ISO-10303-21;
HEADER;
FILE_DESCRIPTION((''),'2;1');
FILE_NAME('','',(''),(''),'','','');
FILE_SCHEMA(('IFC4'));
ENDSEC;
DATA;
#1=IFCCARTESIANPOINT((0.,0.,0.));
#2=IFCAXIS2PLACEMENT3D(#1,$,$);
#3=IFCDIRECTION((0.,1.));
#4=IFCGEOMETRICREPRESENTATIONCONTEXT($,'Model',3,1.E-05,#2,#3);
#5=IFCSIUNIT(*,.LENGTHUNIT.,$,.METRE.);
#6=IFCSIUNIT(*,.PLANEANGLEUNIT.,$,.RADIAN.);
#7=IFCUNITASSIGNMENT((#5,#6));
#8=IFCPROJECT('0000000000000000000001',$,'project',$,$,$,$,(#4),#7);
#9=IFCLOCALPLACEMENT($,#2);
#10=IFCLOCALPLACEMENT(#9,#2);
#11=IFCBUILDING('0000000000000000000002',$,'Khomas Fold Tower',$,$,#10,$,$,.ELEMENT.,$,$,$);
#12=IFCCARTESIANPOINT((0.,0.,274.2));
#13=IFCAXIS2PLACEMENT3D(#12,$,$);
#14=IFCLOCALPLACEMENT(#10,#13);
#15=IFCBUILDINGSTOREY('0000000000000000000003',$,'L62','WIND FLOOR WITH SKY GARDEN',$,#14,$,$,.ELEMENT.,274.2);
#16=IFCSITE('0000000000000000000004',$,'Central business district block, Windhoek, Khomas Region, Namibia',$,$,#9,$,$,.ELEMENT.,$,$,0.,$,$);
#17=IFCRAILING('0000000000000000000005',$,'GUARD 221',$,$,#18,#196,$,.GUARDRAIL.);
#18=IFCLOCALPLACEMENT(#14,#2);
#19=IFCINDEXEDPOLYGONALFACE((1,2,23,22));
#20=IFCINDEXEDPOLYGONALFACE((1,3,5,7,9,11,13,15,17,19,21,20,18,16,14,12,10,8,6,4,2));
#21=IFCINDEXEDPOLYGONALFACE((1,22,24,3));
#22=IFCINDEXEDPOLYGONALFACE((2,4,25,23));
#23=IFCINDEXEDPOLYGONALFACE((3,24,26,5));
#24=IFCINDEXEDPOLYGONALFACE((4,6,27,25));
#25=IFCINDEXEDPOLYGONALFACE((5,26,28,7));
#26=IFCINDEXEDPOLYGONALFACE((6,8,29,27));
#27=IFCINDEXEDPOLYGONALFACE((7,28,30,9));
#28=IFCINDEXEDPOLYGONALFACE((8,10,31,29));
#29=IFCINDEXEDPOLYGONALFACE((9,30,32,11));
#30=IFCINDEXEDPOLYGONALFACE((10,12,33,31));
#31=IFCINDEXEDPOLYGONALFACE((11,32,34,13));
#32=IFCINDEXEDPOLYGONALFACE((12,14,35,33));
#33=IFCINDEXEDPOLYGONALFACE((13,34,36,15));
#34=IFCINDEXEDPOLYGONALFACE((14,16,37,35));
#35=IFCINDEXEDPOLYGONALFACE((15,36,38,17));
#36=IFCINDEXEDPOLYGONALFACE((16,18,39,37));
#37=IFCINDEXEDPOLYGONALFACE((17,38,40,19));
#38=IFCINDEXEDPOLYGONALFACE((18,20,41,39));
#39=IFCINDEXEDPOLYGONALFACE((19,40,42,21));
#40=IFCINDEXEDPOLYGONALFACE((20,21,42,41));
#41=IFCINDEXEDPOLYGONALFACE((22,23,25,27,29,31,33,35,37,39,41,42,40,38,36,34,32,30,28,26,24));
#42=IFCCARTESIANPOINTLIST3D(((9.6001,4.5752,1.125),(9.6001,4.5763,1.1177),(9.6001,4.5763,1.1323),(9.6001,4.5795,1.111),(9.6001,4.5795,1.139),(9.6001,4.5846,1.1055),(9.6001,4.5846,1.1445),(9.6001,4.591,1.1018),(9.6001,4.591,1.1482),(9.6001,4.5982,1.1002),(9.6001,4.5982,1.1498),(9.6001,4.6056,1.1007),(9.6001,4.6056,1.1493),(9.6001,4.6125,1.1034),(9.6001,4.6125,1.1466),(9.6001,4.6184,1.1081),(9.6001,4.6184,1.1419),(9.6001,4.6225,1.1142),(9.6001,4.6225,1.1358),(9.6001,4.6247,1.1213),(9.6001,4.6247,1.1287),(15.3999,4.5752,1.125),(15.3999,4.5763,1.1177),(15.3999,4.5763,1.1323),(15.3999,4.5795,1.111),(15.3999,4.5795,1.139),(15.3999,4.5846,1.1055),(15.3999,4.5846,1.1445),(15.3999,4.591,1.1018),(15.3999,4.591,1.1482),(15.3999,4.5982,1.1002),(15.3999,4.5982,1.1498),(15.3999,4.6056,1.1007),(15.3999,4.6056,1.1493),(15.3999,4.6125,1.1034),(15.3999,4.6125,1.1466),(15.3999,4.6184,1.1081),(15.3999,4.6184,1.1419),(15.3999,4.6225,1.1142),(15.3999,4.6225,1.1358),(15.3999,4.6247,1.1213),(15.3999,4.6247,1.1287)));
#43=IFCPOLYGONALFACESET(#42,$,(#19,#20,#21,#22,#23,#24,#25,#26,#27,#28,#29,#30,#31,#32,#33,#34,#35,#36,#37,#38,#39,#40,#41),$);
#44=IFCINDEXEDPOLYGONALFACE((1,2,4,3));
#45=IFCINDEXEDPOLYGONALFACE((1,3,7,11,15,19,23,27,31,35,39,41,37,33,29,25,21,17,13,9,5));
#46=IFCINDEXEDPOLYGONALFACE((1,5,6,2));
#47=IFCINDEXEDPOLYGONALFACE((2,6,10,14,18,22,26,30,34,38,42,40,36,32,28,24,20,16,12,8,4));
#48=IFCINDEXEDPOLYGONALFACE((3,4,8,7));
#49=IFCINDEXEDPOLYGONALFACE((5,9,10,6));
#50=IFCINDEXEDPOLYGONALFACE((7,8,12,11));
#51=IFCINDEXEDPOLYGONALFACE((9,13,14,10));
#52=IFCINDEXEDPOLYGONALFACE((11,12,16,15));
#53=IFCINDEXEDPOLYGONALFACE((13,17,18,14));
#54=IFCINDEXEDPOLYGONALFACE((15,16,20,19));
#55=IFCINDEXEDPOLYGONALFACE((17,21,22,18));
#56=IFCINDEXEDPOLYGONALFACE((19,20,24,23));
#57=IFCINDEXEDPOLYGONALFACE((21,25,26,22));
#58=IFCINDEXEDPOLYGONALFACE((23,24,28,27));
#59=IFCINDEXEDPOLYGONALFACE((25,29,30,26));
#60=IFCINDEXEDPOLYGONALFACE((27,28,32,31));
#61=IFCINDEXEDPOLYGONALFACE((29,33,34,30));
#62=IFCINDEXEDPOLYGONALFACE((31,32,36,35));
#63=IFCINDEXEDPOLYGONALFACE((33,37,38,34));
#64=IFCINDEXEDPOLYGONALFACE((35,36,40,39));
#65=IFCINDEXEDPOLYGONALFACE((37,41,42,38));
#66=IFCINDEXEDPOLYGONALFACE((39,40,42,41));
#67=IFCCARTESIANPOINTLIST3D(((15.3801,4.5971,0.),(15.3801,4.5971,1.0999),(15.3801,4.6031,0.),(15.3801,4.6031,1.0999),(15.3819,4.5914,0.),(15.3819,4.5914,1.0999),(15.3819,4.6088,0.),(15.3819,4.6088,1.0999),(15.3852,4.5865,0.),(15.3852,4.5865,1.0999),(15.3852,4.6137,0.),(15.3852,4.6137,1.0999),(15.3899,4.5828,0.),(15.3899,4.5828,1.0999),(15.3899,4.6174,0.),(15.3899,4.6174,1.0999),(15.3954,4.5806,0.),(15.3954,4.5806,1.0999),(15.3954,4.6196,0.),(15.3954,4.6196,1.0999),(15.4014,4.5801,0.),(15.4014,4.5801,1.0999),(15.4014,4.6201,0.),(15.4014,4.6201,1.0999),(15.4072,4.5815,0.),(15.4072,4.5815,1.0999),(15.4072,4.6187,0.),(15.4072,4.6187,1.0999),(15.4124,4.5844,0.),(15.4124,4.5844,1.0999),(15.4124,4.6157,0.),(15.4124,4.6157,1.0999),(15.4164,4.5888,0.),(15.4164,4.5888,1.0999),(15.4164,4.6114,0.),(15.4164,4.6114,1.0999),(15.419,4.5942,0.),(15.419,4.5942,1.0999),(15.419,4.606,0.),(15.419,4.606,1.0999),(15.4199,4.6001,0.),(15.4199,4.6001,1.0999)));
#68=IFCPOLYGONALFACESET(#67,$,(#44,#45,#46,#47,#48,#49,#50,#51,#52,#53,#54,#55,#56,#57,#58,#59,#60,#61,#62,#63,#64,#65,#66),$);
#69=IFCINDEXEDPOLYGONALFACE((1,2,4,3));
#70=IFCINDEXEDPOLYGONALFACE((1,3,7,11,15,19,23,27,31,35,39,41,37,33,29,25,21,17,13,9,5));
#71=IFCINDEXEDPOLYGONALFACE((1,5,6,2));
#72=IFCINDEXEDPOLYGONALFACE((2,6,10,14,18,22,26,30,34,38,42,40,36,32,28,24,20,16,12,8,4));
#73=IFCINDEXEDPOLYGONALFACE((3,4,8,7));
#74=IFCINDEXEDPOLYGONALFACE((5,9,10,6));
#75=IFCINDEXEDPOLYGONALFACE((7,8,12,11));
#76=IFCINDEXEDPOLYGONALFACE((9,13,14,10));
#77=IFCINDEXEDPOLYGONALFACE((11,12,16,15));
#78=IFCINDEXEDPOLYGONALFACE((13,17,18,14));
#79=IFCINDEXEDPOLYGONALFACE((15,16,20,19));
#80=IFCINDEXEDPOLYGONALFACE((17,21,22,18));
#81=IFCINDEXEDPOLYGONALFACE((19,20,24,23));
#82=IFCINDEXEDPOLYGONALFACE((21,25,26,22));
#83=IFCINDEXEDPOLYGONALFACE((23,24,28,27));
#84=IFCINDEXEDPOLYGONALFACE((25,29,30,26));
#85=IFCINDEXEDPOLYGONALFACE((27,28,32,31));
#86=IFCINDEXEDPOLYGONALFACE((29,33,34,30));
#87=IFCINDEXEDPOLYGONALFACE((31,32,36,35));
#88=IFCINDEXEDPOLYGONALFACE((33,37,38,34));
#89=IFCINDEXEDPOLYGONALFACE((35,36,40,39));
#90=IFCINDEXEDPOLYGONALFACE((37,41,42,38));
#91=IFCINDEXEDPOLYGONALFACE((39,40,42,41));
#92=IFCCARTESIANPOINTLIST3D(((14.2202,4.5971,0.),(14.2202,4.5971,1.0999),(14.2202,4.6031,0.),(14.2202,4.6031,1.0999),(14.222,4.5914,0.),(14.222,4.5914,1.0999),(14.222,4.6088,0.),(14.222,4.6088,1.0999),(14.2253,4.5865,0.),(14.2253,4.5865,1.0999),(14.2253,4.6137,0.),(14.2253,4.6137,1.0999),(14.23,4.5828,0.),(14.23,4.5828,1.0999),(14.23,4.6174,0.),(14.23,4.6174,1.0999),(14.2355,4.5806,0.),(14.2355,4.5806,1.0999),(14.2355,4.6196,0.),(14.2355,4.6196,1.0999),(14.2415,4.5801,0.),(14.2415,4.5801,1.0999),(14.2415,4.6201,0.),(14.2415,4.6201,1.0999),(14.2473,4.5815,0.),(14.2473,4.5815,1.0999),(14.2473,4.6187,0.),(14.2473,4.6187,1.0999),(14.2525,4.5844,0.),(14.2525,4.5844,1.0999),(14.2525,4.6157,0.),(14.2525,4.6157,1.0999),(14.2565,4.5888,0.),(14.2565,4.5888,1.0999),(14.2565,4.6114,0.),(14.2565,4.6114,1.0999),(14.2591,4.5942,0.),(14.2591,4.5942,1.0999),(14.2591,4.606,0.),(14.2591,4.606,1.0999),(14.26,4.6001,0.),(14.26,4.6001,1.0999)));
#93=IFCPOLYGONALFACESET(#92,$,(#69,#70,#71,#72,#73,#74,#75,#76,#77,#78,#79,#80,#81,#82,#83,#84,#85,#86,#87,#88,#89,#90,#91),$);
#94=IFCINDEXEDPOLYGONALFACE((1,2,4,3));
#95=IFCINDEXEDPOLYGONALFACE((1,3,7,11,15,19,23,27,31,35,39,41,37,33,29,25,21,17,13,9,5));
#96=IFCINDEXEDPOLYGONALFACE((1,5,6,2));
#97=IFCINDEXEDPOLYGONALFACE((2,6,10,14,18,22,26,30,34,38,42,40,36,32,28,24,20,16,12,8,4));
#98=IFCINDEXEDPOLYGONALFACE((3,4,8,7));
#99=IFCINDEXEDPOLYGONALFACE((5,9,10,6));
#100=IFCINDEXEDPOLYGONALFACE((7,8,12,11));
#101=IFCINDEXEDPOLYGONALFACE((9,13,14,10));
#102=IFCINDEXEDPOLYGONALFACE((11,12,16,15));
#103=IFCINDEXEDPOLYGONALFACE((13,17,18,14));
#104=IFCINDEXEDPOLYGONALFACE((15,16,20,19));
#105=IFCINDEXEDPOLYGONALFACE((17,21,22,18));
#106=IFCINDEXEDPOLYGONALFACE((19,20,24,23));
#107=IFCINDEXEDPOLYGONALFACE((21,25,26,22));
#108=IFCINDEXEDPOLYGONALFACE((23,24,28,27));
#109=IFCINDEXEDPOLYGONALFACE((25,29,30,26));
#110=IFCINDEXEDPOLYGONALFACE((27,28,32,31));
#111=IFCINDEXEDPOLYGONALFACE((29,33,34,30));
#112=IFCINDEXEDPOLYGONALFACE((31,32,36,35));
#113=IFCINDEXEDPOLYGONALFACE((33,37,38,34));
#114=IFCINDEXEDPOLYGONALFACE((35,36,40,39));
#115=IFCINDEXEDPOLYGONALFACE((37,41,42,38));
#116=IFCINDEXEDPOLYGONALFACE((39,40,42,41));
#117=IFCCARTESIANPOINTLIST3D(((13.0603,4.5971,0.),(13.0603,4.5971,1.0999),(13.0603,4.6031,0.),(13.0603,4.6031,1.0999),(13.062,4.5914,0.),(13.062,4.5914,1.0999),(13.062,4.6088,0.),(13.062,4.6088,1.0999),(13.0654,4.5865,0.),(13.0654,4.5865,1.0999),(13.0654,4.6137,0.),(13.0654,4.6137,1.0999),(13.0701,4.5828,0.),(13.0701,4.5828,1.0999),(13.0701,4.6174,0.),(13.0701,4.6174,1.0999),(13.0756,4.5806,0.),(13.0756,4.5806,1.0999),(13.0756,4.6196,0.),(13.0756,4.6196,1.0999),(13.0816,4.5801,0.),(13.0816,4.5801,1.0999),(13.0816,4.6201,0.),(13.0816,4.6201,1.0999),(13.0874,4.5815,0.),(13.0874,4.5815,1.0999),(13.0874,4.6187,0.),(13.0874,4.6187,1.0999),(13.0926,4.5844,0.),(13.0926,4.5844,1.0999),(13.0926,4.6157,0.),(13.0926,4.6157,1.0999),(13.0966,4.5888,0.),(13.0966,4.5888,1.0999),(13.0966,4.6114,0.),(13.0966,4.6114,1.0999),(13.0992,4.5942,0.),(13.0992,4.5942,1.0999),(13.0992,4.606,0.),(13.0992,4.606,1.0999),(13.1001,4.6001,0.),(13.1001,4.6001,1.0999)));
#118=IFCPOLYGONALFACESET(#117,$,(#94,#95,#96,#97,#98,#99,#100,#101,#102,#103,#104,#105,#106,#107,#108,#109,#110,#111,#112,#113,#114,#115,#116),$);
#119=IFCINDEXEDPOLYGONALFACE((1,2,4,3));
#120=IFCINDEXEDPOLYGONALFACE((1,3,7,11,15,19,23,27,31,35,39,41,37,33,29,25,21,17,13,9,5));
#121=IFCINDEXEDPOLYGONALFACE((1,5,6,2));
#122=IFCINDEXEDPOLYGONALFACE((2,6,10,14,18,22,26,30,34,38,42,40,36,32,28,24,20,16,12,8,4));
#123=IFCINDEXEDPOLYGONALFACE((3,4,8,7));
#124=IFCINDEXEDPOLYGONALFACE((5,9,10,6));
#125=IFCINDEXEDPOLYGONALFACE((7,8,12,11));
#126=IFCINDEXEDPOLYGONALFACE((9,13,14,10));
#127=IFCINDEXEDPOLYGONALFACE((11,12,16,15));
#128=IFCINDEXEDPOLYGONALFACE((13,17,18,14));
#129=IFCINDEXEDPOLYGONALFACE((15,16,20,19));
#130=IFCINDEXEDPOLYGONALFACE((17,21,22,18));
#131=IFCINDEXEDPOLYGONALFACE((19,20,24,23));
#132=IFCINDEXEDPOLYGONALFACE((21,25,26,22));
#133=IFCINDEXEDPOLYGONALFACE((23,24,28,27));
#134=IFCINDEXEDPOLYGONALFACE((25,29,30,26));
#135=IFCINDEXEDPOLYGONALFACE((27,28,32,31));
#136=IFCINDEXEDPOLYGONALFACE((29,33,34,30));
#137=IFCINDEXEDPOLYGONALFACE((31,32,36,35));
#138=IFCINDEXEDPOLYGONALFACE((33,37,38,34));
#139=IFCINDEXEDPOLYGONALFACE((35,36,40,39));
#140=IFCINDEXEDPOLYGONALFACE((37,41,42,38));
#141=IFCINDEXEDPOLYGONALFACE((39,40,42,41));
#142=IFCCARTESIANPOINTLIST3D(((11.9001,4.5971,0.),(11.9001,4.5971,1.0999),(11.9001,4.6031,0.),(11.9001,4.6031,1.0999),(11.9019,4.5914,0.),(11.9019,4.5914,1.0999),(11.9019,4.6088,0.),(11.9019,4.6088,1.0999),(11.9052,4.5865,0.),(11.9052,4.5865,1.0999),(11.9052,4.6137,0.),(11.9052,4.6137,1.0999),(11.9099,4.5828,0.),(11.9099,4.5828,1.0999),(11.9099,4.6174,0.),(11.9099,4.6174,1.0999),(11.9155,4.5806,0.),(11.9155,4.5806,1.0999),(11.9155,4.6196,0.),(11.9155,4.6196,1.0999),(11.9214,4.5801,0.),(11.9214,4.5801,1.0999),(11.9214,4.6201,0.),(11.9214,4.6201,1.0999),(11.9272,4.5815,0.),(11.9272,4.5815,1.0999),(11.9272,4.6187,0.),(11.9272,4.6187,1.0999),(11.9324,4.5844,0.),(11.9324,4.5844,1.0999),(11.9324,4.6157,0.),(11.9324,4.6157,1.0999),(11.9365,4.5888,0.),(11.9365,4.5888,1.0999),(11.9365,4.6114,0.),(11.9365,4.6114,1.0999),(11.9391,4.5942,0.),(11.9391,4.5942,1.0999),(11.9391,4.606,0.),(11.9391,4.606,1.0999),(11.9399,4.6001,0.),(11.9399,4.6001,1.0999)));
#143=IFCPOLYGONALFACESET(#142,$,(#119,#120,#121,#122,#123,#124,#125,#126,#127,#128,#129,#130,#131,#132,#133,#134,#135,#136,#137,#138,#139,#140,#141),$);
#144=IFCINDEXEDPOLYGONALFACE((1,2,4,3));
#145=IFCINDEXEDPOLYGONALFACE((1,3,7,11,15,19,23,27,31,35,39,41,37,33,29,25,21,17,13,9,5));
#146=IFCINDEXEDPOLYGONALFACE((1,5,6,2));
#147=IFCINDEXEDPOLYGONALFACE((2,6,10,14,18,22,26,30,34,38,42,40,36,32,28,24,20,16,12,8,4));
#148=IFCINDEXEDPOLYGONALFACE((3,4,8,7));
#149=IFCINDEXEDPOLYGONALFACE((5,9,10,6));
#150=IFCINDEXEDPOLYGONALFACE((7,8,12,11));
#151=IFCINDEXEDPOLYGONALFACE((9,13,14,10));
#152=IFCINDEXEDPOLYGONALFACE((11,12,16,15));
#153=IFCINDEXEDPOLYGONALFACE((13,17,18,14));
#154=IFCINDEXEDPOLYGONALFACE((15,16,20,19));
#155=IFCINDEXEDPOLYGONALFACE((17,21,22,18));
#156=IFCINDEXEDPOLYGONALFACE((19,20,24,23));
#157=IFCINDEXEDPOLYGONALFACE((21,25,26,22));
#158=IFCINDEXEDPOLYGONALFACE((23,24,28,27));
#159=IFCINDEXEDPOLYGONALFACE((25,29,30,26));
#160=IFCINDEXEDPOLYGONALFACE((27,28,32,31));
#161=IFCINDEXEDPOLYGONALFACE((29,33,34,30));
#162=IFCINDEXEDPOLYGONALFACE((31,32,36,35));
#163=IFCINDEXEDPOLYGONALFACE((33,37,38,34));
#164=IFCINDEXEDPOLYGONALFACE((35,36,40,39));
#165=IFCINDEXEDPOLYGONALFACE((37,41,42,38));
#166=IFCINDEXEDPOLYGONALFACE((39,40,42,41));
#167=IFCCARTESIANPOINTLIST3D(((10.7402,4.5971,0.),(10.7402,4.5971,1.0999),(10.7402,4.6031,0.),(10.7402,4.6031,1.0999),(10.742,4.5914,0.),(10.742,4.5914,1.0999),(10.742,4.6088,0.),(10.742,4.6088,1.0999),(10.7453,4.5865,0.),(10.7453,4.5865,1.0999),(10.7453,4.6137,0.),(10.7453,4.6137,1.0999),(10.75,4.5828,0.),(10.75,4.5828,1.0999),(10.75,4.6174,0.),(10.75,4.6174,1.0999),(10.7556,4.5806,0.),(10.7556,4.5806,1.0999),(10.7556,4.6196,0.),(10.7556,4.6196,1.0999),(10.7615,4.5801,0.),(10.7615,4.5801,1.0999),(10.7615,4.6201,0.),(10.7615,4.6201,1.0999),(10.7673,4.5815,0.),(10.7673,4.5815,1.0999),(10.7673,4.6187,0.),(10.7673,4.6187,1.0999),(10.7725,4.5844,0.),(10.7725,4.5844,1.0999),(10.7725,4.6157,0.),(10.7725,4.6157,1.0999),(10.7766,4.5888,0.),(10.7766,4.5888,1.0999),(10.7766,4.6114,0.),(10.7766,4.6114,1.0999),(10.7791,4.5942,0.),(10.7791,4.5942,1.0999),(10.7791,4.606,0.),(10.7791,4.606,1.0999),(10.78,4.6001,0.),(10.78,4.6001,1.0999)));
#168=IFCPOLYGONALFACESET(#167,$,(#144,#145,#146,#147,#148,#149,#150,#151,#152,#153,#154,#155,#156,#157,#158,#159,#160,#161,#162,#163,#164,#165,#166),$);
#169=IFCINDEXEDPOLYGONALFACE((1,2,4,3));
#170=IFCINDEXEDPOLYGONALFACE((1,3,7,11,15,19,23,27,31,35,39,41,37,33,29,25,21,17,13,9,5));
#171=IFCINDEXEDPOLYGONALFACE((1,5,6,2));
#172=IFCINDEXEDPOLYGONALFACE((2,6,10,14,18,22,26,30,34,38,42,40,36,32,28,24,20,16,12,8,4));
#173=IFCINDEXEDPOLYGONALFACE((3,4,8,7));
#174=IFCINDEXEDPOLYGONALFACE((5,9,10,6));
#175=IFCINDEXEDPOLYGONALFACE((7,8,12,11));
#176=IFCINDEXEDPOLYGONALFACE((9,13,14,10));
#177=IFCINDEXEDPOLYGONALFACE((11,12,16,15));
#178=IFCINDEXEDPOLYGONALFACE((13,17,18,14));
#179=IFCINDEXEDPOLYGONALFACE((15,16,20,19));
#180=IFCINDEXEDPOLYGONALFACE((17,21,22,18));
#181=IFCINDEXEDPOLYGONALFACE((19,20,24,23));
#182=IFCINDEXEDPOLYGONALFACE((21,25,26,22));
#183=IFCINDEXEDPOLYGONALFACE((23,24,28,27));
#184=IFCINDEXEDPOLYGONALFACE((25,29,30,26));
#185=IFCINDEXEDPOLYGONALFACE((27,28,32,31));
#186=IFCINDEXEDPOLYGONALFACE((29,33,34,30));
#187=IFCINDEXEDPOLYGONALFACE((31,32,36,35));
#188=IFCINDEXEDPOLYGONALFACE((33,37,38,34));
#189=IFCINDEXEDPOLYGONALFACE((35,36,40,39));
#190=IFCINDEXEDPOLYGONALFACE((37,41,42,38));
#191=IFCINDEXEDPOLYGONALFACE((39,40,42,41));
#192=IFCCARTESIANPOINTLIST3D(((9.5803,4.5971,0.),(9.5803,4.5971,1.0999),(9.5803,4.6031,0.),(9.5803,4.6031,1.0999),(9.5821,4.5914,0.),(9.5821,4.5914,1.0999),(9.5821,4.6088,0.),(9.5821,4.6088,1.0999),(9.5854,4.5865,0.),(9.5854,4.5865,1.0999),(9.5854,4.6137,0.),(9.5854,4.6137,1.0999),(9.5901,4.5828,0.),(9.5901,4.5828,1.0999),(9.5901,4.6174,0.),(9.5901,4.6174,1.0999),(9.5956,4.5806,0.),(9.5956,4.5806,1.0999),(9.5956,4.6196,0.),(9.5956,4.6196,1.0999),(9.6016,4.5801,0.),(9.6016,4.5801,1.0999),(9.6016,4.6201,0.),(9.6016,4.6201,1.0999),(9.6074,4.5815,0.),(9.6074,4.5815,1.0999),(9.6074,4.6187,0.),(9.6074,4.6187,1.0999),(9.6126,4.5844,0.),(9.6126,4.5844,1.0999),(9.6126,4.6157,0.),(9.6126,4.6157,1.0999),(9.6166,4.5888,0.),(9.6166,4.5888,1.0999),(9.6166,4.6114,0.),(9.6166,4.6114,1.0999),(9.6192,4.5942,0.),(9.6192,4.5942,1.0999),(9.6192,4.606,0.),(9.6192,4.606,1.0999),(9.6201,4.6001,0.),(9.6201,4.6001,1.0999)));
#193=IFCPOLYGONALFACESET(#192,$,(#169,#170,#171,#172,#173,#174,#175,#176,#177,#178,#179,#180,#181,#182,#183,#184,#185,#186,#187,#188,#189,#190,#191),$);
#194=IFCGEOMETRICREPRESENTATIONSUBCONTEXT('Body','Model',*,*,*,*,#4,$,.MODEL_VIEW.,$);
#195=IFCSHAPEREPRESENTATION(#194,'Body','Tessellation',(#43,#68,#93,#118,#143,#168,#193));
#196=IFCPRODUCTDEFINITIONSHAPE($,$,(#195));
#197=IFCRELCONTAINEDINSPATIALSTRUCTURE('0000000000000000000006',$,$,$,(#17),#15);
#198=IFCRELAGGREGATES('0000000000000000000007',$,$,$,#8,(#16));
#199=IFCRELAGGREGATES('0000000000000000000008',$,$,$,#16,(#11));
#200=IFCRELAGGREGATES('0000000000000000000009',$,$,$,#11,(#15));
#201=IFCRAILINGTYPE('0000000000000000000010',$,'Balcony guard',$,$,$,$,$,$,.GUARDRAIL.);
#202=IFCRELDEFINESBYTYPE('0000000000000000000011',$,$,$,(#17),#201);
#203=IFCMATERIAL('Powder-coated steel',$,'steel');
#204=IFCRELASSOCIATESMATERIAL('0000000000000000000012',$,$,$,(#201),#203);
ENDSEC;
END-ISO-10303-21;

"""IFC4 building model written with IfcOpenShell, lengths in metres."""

from ifc_helpers import new_model, si_unit, direction, frame, origin, origin_2d, place, context, subcontext, project, spatial, circle, extrude, source, transform, mapped, material, type_object, element, save


model = new_model("IFC4")

# Units and contexts
model_context = context("Model", 3, precision=1e-05, world=origin(), true_north=direction((0.0, 1.0)))
body_context = subcontext(model_context, "Body", "Model", "MODEL_VIEW")
ifc_project = project(units=[si_unit("LENGTHUNIT", "METRE"), si_unit("PLANEANGLEUNIT", "RADIAN")], contexts=[model_context])

# Site, building, storey
site_placement = place(None, origin())
site = spatial("IfcSite", under=ifc_project, at=site_placement, Name="Central business district block, Windhoek, Khomas Region, Namibia", CompositionType="ELEMENT", RefElevation=0.0)
building_placement = place(site_placement, origin())
building = spatial("IfcBuilding", under=site, at=building_placement, Name="Khomas Fold Tower", CompositionType="ELEMENT")
storey_placement = place(building_placement, frame((0.0, 0.0, 274.2)))
storey = spatial("IfcBuildingStorey", under=building, at=storey_placement, Name="L62", Description="WIND FLOOR WITH SKY GARDEN", CompositionType="ELEMENT", Elevation=274.2)

# Railing
ifc_material_1 = material(Name="Powder-coated steel", Category="steel")
railing_type_1 = type_object("IfcRailingType", Name="Balcony guard", PredefinedType="GUARDRAIL", material=ifc_material_1)
shared_shape_1 = source(origin(), body_context, "Body", "SweptSolid", [
    extrude(circle(Radius=0.0249, at=origin_2d()), frame((0.0, 0.0, 1.125), z_axis=(-1.0, 0.0, 0.0), x_axis=(0.0, -1.0, 0.0)), (0.0, 0.0, 1.0), 5.7998),
    extrude(circle(Radius=0.02, at=origin_2d()), origin(), (0.0, 0.0, 1.0), 1.0999),
    extrude(circle(Radius=0.02, at=origin_2d()), frame((-1.1599, 0.0, 0.0)), (0.0, 0.0, 1.0), 1.0999),
    extrude(circle(Radius=0.02, at=origin_2d()), frame((-2.3198, 0.0, 0.0)), (0.0, 0.0, 1.0), 1.0999),
    extrude(circle(Radius=0.02, at=origin_2d()), frame((-3.48, 0.0, 0.0)), (0.0, 0.0, 1.0), 1.0999),
    extrude(circle(Radius=0.02, at=origin_2d()), frame((-4.6399, 0.0, 0.0)), (0.0, 0.0, 1.0), 1.0999),
    extrude(circle(Radius=0.02, at=origin_2d()), frame((-5.7998, 0.0, 0.0)), (0.0, 0.0, 1.0), 1.0999),
])
railing_placement = place(storey_placement, frame((15.3999, 4.6001, 0.0)))
element("IfcRailing", 1, at=railing_placement, inside=storey, type_object=railing_type_1, Name="GUARD 221", PredefinedType="GUARDRAIL", context=body_context, shape_type="MappedRepresentation", body=[
    mapped(shared_shape_1, transform((0.0, 0.0, 0.0))),
])

save(model, "model.ifc")
